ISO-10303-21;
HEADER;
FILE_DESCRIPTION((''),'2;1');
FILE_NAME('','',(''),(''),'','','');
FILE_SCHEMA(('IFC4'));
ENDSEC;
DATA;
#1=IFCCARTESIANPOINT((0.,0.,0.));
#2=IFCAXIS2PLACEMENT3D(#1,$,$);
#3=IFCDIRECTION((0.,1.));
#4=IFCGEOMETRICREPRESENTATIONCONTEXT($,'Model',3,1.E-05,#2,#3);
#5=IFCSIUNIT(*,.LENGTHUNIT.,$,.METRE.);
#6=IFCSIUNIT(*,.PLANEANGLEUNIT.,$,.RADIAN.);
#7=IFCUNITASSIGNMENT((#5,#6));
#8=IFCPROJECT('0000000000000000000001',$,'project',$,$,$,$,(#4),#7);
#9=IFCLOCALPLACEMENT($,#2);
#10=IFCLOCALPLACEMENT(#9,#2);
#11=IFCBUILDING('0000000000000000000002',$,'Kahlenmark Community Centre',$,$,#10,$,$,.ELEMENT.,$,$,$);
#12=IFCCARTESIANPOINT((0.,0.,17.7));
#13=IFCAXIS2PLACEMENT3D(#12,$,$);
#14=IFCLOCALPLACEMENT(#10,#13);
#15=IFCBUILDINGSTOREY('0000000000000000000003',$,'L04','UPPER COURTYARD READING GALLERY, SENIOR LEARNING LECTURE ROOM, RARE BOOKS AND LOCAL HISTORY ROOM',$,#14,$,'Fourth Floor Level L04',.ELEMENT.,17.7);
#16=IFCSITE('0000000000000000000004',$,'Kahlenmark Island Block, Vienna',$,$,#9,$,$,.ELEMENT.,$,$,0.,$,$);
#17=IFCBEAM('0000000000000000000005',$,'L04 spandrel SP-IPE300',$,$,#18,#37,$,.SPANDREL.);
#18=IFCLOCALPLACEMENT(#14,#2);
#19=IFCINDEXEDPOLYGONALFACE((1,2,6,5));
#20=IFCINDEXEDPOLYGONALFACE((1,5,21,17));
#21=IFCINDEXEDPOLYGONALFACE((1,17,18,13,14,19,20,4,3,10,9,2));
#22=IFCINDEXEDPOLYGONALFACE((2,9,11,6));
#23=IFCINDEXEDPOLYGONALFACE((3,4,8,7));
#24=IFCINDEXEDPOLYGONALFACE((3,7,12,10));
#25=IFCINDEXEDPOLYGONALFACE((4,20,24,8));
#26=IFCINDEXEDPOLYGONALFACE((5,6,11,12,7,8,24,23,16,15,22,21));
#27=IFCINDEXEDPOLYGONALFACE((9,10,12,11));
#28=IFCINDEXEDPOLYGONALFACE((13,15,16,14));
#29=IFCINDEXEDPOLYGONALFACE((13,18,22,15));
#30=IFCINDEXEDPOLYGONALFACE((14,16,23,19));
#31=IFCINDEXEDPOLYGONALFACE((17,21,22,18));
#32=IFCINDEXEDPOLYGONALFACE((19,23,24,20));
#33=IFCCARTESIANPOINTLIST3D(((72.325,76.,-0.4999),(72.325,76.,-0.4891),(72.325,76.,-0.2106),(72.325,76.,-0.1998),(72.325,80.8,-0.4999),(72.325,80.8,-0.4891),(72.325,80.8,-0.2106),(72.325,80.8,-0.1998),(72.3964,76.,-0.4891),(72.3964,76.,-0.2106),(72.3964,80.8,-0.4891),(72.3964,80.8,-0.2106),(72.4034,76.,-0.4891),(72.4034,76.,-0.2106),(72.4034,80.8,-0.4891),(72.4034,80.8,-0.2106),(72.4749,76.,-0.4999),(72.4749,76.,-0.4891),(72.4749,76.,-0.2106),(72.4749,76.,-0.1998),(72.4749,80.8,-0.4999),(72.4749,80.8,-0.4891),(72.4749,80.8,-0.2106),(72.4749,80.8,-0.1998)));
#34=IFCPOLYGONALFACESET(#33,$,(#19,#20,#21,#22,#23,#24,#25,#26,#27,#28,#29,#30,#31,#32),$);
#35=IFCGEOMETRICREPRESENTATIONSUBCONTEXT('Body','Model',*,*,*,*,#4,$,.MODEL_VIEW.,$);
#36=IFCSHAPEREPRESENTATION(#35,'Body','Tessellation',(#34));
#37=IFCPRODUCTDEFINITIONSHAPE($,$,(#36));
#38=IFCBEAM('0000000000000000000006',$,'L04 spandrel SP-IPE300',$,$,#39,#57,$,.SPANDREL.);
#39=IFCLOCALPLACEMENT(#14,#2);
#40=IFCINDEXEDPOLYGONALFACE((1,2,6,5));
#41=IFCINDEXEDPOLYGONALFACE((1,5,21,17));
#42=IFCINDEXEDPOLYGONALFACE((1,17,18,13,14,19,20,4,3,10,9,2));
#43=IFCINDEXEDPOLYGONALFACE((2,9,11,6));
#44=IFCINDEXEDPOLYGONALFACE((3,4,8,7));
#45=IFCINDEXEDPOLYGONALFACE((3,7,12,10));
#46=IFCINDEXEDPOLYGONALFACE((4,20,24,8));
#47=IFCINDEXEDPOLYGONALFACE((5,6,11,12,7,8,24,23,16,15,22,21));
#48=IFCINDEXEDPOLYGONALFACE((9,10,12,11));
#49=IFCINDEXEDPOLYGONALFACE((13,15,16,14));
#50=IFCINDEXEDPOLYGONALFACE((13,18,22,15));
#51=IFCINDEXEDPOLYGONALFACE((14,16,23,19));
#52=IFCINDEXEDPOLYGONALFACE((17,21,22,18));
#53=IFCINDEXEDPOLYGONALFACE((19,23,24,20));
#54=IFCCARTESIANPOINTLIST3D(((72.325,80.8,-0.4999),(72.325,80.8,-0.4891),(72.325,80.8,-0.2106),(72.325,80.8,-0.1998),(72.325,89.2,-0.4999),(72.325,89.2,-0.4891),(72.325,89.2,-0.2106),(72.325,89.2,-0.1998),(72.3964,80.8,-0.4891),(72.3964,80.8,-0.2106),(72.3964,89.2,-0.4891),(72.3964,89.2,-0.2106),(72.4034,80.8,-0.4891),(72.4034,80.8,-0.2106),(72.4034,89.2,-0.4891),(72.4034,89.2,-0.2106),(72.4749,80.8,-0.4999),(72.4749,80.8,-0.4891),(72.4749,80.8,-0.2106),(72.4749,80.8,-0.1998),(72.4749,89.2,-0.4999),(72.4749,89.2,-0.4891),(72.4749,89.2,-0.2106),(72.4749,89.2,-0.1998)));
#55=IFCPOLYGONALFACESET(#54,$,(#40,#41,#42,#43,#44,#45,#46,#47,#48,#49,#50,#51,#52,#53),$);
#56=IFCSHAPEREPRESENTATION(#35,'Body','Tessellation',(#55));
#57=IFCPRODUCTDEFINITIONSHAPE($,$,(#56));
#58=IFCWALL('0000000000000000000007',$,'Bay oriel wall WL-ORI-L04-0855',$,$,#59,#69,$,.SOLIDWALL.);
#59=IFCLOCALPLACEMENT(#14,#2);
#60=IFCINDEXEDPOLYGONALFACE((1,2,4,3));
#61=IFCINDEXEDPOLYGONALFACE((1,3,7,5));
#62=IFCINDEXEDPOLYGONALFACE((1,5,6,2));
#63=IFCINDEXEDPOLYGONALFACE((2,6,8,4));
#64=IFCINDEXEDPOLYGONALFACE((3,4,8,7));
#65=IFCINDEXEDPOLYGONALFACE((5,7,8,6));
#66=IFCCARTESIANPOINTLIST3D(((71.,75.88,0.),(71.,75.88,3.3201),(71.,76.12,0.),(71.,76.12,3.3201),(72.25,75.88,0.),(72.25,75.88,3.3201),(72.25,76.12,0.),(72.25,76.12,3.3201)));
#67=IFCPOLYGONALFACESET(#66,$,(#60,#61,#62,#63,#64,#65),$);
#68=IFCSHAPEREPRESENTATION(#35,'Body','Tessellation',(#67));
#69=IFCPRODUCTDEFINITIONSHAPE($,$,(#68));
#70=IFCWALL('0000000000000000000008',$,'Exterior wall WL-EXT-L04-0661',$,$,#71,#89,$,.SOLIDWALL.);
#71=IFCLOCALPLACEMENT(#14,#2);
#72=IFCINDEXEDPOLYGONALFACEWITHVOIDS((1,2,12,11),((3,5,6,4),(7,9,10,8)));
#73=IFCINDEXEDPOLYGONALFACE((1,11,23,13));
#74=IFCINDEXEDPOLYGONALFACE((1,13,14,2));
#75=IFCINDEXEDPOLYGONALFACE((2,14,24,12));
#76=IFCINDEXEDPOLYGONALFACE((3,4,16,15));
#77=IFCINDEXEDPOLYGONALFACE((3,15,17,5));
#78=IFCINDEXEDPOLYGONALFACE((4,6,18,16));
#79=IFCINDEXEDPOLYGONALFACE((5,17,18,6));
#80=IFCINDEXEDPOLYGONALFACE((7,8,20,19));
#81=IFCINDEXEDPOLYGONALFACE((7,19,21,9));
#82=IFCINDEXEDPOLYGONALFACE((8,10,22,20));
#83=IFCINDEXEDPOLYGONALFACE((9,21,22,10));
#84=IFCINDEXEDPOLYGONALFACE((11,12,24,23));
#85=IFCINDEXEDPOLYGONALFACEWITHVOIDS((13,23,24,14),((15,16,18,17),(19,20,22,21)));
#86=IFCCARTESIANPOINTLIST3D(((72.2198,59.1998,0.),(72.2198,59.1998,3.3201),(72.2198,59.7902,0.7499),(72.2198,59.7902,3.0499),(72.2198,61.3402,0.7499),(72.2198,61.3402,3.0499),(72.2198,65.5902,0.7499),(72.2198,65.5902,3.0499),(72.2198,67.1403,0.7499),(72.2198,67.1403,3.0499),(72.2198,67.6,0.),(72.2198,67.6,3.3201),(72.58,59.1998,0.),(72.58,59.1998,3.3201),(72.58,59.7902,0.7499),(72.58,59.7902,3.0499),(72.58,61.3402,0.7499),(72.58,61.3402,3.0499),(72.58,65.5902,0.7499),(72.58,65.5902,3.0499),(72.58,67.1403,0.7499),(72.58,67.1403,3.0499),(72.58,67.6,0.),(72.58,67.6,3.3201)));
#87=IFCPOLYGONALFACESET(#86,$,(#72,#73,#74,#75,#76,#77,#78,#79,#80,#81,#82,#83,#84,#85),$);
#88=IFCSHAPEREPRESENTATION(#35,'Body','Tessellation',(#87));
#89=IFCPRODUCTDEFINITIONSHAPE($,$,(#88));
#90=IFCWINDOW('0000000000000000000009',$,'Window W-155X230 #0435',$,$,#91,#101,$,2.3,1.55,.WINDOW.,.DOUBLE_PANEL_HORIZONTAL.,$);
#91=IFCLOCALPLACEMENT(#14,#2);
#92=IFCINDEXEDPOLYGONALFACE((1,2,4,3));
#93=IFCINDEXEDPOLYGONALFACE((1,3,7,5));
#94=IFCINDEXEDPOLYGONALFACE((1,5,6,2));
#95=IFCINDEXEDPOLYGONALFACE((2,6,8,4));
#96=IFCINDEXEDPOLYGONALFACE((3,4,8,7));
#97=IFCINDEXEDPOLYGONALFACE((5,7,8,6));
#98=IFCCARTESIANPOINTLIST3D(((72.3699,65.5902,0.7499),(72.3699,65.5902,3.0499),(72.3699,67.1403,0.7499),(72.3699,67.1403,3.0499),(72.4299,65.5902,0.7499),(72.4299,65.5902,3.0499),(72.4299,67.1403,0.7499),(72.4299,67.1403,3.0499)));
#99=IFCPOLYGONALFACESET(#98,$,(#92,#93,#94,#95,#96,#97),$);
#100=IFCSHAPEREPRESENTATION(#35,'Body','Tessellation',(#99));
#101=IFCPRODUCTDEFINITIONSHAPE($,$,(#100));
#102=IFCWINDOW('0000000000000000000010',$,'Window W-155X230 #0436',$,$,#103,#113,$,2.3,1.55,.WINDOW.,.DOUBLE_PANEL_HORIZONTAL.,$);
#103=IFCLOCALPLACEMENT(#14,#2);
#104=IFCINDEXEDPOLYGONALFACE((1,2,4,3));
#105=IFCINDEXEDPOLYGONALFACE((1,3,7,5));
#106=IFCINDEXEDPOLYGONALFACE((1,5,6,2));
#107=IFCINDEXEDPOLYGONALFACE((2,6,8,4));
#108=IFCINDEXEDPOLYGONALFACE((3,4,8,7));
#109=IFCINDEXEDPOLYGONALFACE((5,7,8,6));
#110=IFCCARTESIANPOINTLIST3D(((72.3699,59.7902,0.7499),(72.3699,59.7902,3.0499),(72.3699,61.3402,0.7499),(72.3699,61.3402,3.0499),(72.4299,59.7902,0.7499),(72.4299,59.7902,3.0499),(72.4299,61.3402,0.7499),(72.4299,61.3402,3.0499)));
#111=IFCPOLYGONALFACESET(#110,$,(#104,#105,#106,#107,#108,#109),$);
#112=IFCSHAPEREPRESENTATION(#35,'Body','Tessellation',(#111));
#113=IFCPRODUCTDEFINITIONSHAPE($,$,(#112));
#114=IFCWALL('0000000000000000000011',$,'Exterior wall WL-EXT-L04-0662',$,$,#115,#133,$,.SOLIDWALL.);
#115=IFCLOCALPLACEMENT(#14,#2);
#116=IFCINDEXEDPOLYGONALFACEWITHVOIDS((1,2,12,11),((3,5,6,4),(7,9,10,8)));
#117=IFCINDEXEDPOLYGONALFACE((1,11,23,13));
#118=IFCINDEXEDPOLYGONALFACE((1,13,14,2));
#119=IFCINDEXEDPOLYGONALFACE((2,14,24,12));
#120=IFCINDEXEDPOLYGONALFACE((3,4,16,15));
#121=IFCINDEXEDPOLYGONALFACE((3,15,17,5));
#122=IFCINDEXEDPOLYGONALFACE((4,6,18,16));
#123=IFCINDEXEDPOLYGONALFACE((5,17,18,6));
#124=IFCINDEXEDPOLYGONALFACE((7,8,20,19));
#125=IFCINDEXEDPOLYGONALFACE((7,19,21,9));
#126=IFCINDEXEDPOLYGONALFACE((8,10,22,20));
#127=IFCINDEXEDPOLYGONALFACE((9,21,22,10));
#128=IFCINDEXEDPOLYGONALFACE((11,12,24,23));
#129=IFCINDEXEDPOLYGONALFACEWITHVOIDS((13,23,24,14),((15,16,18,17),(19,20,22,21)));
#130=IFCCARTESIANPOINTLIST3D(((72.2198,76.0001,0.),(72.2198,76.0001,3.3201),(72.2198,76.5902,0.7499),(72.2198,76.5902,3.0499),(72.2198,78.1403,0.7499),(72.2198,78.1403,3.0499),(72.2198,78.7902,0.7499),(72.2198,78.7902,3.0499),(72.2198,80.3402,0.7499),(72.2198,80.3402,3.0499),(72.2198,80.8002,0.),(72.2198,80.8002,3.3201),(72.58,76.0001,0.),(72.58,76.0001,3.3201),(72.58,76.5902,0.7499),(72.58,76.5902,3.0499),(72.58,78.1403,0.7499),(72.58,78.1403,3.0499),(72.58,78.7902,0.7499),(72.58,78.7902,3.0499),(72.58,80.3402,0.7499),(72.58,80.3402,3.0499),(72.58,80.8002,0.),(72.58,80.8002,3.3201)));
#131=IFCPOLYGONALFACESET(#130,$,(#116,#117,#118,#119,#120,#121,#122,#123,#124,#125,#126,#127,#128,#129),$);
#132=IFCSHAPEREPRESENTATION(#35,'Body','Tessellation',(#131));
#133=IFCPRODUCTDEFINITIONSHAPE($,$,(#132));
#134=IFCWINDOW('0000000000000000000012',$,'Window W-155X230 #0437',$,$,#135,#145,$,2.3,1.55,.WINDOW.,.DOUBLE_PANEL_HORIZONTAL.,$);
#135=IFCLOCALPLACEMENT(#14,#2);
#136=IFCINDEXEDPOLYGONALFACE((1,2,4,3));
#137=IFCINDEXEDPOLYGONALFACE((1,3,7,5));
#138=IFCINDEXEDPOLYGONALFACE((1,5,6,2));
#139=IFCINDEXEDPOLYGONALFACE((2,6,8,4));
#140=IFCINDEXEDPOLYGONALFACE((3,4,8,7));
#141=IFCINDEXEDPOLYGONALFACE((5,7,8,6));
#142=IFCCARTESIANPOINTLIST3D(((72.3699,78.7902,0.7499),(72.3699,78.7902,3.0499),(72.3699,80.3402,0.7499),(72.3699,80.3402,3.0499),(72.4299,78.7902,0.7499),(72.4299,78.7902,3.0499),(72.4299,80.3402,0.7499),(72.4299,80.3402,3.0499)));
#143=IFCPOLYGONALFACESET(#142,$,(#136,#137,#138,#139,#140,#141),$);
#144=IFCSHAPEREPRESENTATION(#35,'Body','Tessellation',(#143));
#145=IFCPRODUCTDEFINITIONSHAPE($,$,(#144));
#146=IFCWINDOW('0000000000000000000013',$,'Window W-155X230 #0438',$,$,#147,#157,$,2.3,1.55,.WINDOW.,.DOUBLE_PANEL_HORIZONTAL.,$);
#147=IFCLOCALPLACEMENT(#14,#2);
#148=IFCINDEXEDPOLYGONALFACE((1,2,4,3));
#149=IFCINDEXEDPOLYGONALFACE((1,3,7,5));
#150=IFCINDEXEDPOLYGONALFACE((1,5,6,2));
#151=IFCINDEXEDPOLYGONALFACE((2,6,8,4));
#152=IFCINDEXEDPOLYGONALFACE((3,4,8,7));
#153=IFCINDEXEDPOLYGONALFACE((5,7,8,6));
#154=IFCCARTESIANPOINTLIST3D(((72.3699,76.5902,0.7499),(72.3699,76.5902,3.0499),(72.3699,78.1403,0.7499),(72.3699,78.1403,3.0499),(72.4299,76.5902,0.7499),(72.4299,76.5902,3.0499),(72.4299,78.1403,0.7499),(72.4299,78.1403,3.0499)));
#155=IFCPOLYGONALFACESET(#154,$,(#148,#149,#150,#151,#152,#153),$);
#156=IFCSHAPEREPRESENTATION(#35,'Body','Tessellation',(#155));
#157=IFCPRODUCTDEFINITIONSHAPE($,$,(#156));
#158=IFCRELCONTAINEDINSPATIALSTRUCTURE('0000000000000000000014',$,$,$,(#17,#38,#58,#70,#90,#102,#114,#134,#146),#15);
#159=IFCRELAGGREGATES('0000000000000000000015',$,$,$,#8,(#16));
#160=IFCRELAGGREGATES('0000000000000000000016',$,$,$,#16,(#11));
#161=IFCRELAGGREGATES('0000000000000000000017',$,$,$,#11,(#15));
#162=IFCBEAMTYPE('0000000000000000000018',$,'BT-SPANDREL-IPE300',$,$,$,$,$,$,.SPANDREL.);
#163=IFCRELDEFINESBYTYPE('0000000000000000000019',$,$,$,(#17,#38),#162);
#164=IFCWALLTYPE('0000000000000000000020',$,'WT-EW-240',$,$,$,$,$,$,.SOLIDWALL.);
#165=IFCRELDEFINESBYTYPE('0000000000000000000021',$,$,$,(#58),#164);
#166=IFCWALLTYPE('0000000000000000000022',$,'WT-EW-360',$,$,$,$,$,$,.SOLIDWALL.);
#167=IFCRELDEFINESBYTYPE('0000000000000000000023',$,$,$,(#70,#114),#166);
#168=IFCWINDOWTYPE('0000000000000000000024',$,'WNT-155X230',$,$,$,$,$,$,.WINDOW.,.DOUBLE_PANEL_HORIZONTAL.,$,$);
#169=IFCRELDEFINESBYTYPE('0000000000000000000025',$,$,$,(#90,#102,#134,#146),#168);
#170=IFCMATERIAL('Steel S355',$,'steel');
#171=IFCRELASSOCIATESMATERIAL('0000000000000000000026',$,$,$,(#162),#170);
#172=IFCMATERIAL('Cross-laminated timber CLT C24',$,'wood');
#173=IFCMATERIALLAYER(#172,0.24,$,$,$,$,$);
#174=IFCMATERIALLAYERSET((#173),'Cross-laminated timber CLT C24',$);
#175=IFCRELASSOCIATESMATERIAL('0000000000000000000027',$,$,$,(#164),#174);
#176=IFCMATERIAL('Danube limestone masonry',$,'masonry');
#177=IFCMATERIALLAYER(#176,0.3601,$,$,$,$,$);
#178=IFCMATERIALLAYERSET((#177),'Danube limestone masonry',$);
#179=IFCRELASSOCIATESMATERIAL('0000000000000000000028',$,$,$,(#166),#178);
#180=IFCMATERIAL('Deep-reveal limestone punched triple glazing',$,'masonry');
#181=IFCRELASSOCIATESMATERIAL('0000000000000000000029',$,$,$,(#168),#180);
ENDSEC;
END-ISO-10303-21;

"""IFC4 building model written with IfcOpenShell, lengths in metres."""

from ifc_helpers import new_model, si_unit, direction, frame, frame_2d, origin, origin_2d, place, context, subcontext, project, spatial, rectangle, i_section, extrude, material, layer, layer_set, material_profile, profile_set, type_object, element, fill, save


model = new_model("IFC4")

# Units and contexts
model_context = context("Model", 3, precision=1e-05, world=origin(), true_north=direction((0.0, 1.0)))
body_context = subcontext(model_context, "Body", "Model", "MODEL_VIEW")
ifc_project = project(units=[si_unit("LENGTHUNIT", "METRE"), si_unit("PLANEANGLEUNIT", "RADIAN")], contexts=[model_context])

# Site, building, storey
site_placement = place(None, origin())
site = spatial("IfcSite", under=ifc_project, at=site_placement, Name="Kahlenmark Island Block, Vienna", CompositionType="ELEMENT", RefElevation=0.0)
building_placement = place(site_placement, origin())
building = spatial("IfcBuilding", under=site, at=building_placement, Name="Kahlenmark Community Centre", CompositionType="ELEMENT")
storey_placement = place(building_placement, frame((0.0, 0.0, 17.7)))
storey = spatial("IfcBuildingStorey", under=building, at=storey_placement, Name="L04", Description="UPPER COURTYARD READING GALLERY, SENIOR LEARNING LECTURE ROOM, RARE BOOKS AND LOCAL HISTORY ROOM", LongName="Fourth Floor Level L04", CompositionType="ELEMENT", Elevation=17.7)

# Beams
ifc_material_1 = material(Name="Steel S355", Category="steel")
ifc_material_profile_1 = material_profile(ifc_material_1, i_section(OverallWidth=0.1499, OverallDepth=0.3, WebThickness=0.0071, FlangeThickness=0.0107, at=origin_2d()), Name="IPE 300")
ifc_profile_set_1 = profile_set([ifc_material_profile_1], Name="Steel S355")
beam_type_1 = type_object("IfcBeamType", Name="BT-SPANDREL-IPE300", PredefinedType="SPANDREL", material=ifc_profile_set_1)
beam_1_placement = place(storey_placement, frame((72.3999, 76.0, -0.3499), z_axis=(0.0, 1.0, 0.0), x_axis=(-1.0, 0.0, 0.0)))
element("IfcBeam", 1, at=beam_1_placement, inside=storey, type_object=beam_type_1, Name="L04 spandrel SP-IPE300", PredefinedType="SPANDREL", context=body_context, shape_type="SweptSolid", body=[
    extrude(i_section(OverallWidth=0.1499, OverallDepth=0.3, WebThickness=0.0071, FlangeThickness=0.0107, at=origin_2d()), origin(), (0.0, 0.0, 1.0), 4.8),
])
beam_2_placement = place(storey_placement, frame((72.3999, 80.8, -0.3499), z_axis=(0.0, 1.0, 0.0), x_axis=(-1.0, 0.0, 0.0)))
element("IfcBeam", 2, at=beam_2_placement, inside=storey, type_object=beam_type_1, Name="L04 spandrel SP-IPE300", PredefinedType="SPANDREL", context=body_context, shape_type="SweptSolid", body=[
    extrude(i_section(OverallWidth=0.1499, OverallDepth=0.3, WebThickness=0.0071, FlangeThickness=0.0107, at=origin_2d()), origin(), (0.0, 0.0, 1.0), 8.3999),
])

# Wall
ifc_material_2 = material(Name="Cross-laminated timber CLT C24", Category="wood")
ifc_layer_1 = layer(ifc_material_2, 0.24)
ifc_layer_set_1 = layer_set([ifc_layer_1], Name="Cross-laminated timber CLT C24")
wall_type_1 = type_object("IfcWallType", Name="WT-EW-240", PredefinedType="SOLIDWALL", material=ifc_layer_set_1)
wall_1_placement = place(storey_placement, frame((71.0, 76.0, 0.0), z_axis=(0.0, 0.0, 1.0), x_axis=(1.0, 0.0, 0.0)))
element("IfcWall", 3, at=wall_1_placement, inside=storey, type_object=wall_type_1, Name="Bay oriel wall WL-ORI-L04-0855", PredefinedType="SOLIDWALL", context=body_context, shape_type="SweptSolid", body=[
    extrude(rectangle(XDim=1.25, YDim=0.24, at=frame_2d((0.625, 0.0))), origin(), (0.0, 0.0, 1.0), 3.3201),
])

# Walls, openings, windows
ifc_material_3 = material(Name="Danube limestone masonry", Category="masonry")
ifc_layer_2 = layer(ifc_material_3, 0.3601)
ifc_layer_set_2 = layer_set([ifc_layer_2], Name="Danube limestone masonry")
wall_type_2 = type_object("IfcWallType", Name="WT-EW-360", PredefinedType="SOLIDWALL", material=ifc_layer_set_2)
wall_2_placement = place(storey_placement, frame((72.3999, 67.6001, 0.0), z_axis=(0.0, 0.0, 1.0), x_axis=(0.0, -1.0, 0.0)))
wall_2 = element("IfcWall", 4, at=wall_2_placement, inside=storey, type_object=wall_type_2, Name="Exterior wall WL-EXT-L04-0661", PredefinedType="SOLIDWALL", context=body_context, shape_type="SweptSolid", body=[
    extrude(rectangle(XDim=8.4001, YDim=0.3601, at=frame_2d((4.2002, 0.0))), origin(), (0.0, 0.0, 1.0), 3.3201),
])
opening_1_placement = place(wall_2_placement, frame((0.46, 0.0, 0.75)))
opening_1 = element("IfcOpeningElement", 5, at=opening_1_placement, cuts=wall_2, PredefinedType="OPENING", context=body_context, shape_type="SweptSolid", body=[
    extrude(rectangle(XDim=1.55, YDim=2.3, at=frame_2d((0.7749, 1.1499))), frame((0.0, 0.1899, 0.0), z_axis=(0.0, -1.0, 0.0), x_axis=(1.0, 0.0, 0.0)), (0.0, 0.0, 1.0), 0.3801),
])
opening_2_placement = place(wall_2_placement, frame((6.26, 0.0, 0.75)))
opening_2 = element("IfcOpeningElement", 6, at=opening_2_placement, cuts=wall_2, PredefinedType="OPENING", context=body_context, shape_type="SweptSolid", body=[
    extrude(rectangle(XDim=1.55, YDim=2.3, at=frame_2d((0.7749, 1.1499))), frame((0.0, 0.1899, 0.0), z_axis=(0.0, -1.0, 0.0), x_axis=(1.0, 0.0, 0.0)), (0.0, 0.0, 1.0), 0.3801),
])
ifc_material_4 = material(Name="Deep-reveal limestone punched triple glazing", Category="masonry")
window_type = type_object("IfcWindowType", Name="WNT-155X230", PartitioningType="DOUBLE_PANEL_HORIZONTAL", PredefinedType="WINDOW", material=ifc_material_4)
window_1_placement = place(opening_1_placement, origin())
window_1 = element("IfcWindow", 7, at=window_1_placement, inside=storey, type_object=window_type, Name="Window W-155X230 #0435", OverallHeight=2.3, OverallWidth=1.55, PartitioningType="DOUBLE_PANEL_HORIZONTAL", PredefinedType="WINDOW", context=body_context, shape_type="SweptSolid", body=[
    extrude(rectangle(XDim=1.55, YDim=2.3, at=frame_2d((0.7749, 1.1499))), frame((0.0, 0.03, 0.0), z_axis=(0.0, -1.0, 0.0), x_axis=(1.0, 0.0, 0.0)), (0.0, 0.0, 1.0), 0.0601),
])
fill(opening_1, window_1)
window_2_placement = place(opening_2_placement, origin())
window_2 = element("IfcWindow", 8, at=window_2_placement, inside=storey, type_object=window_type, Name="Window W-155X230 #0436", OverallHeight=2.3, OverallWidth=1.55, PartitioningType="DOUBLE_PANEL_HORIZONTAL", PredefinedType="WINDOW", context=body_context, shape_type="SweptSolid", body=[
    extrude(rectangle(XDim=1.55, YDim=2.3, at=frame_2d((0.7749, 1.1499))), frame((0.0, 0.03, 0.0), z_axis=(0.0, -1.0, 0.0), x_axis=(1.0, 0.0, 0.0)), (0.0, 0.0, 1.0), 0.0601),
])
fill(opening_2, window_2)
wall_3_placement = place(storey_placement, frame((72.3999, 80.8, 0.0), z_axis=(0.0, 0.0, 1.0), x_axis=(0.0, -1.0, 0.0)))
wall_3 = element("IfcWall", 9, at=wall_3_placement, inside=storey, type_object=wall_type_2, Name="Exterior wall WL-EXT-L04-0662", PredefinedType="SOLIDWALL", context=body_context, shape_type="SweptSolid", body=[
    extrude(rectangle(XDim=4.8, YDim=0.3601, at=frame_2d((2.3999, 0.0))), origin(), (0.0, 0.0, 1.0), 3.3201),
])
opening_3_placement = place(wall_3_placement, frame((0.46, 0.0, 0.75)))
opening_3 = element("IfcOpeningElement", 10, at=opening_3_placement, cuts=wall_3, PredefinedType="OPENING", context=body_context, shape_type="SweptSolid", body=[
    extrude(rectangle(XDim=1.55, YDim=2.3, at=frame_2d((0.7749, 1.1499))), frame((0.0, 0.1899, 0.0), z_axis=(0.0, -1.0, 0.0), x_axis=(1.0, 0.0, 0.0)), (0.0, 0.0, 1.0), 0.3801),
])
opening_4_placement = place(wall_3_placement, frame((2.6599, 0.0, 0.75)))
opening_4 = element("IfcOpeningElement", 11, at=opening_4_placement, cuts=wall_3, PredefinedType="OPENING", context=body_context, shape_type="SweptSolid", body=[
    extrude(rectangle(XDim=1.55, YDim=2.3, at=frame_2d((0.7749, 1.1499))), frame((0.0, 0.1899, 0.0), z_axis=(0.0, -1.0, 0.0), x_axis=(1.0, 0.0, 0.0)), (0.0, 0.0, 1.0), 0.3801),
])
window_3_placement = place(opening_3_placement, origin())
window_3 = element("IfcWindow", 12, at=window_3_placement, inside=storey, type_object=window_type, Name="Window W-155X230 #0437", OverallHeight=2.3, OverallWidth=1.55, PartitioningType="DOUBLE_PANEL_HORIZONTAL", PredefinedType="WINDOW", context=body_context, shape_type="SweptSolid", body=[
    extrude(rectangle(XDim=1.55, YDim=2.3, at=frame_2d((0.7749, 1.1499))), frame((0.0, 0.03, 0.0), z_axis=(0.0, -1.0, 0.0), x_axis=(1.0, 0.0, 0.0)), (0.0, 0.0, 1.0), 0.0601),
])
fill(opening_3, window_3)
window_4_placement = place(opening_4_placement, origin())
window_4 = element("IfcWindow", 13, at=window_4_placement, inside=storey, type_object=window_type, Name="Window W-155X230 #0438", OverallHeight=2.3, OverallWidth=1.55, PartitioningType="DOUBLE_PANEL_HORIZONTAL", PredefinedType="WINDOW", context=body_context, shape_type="SweptSolid", body=[
    extrude(rectangle(XDim=1.55, YDim=2.3, at=frame_2d((0.7749, 1.1499))), frame((0.0, 0.03, 0.0), z_axis=(0.0, -1.0, 0.0), x_axis=(1.0, 0.0, 0.0)), (0.0, 0.0, 1.0), 0.0601),
])
fill(opening_4, window_4)

save(model, "model.ifc")
